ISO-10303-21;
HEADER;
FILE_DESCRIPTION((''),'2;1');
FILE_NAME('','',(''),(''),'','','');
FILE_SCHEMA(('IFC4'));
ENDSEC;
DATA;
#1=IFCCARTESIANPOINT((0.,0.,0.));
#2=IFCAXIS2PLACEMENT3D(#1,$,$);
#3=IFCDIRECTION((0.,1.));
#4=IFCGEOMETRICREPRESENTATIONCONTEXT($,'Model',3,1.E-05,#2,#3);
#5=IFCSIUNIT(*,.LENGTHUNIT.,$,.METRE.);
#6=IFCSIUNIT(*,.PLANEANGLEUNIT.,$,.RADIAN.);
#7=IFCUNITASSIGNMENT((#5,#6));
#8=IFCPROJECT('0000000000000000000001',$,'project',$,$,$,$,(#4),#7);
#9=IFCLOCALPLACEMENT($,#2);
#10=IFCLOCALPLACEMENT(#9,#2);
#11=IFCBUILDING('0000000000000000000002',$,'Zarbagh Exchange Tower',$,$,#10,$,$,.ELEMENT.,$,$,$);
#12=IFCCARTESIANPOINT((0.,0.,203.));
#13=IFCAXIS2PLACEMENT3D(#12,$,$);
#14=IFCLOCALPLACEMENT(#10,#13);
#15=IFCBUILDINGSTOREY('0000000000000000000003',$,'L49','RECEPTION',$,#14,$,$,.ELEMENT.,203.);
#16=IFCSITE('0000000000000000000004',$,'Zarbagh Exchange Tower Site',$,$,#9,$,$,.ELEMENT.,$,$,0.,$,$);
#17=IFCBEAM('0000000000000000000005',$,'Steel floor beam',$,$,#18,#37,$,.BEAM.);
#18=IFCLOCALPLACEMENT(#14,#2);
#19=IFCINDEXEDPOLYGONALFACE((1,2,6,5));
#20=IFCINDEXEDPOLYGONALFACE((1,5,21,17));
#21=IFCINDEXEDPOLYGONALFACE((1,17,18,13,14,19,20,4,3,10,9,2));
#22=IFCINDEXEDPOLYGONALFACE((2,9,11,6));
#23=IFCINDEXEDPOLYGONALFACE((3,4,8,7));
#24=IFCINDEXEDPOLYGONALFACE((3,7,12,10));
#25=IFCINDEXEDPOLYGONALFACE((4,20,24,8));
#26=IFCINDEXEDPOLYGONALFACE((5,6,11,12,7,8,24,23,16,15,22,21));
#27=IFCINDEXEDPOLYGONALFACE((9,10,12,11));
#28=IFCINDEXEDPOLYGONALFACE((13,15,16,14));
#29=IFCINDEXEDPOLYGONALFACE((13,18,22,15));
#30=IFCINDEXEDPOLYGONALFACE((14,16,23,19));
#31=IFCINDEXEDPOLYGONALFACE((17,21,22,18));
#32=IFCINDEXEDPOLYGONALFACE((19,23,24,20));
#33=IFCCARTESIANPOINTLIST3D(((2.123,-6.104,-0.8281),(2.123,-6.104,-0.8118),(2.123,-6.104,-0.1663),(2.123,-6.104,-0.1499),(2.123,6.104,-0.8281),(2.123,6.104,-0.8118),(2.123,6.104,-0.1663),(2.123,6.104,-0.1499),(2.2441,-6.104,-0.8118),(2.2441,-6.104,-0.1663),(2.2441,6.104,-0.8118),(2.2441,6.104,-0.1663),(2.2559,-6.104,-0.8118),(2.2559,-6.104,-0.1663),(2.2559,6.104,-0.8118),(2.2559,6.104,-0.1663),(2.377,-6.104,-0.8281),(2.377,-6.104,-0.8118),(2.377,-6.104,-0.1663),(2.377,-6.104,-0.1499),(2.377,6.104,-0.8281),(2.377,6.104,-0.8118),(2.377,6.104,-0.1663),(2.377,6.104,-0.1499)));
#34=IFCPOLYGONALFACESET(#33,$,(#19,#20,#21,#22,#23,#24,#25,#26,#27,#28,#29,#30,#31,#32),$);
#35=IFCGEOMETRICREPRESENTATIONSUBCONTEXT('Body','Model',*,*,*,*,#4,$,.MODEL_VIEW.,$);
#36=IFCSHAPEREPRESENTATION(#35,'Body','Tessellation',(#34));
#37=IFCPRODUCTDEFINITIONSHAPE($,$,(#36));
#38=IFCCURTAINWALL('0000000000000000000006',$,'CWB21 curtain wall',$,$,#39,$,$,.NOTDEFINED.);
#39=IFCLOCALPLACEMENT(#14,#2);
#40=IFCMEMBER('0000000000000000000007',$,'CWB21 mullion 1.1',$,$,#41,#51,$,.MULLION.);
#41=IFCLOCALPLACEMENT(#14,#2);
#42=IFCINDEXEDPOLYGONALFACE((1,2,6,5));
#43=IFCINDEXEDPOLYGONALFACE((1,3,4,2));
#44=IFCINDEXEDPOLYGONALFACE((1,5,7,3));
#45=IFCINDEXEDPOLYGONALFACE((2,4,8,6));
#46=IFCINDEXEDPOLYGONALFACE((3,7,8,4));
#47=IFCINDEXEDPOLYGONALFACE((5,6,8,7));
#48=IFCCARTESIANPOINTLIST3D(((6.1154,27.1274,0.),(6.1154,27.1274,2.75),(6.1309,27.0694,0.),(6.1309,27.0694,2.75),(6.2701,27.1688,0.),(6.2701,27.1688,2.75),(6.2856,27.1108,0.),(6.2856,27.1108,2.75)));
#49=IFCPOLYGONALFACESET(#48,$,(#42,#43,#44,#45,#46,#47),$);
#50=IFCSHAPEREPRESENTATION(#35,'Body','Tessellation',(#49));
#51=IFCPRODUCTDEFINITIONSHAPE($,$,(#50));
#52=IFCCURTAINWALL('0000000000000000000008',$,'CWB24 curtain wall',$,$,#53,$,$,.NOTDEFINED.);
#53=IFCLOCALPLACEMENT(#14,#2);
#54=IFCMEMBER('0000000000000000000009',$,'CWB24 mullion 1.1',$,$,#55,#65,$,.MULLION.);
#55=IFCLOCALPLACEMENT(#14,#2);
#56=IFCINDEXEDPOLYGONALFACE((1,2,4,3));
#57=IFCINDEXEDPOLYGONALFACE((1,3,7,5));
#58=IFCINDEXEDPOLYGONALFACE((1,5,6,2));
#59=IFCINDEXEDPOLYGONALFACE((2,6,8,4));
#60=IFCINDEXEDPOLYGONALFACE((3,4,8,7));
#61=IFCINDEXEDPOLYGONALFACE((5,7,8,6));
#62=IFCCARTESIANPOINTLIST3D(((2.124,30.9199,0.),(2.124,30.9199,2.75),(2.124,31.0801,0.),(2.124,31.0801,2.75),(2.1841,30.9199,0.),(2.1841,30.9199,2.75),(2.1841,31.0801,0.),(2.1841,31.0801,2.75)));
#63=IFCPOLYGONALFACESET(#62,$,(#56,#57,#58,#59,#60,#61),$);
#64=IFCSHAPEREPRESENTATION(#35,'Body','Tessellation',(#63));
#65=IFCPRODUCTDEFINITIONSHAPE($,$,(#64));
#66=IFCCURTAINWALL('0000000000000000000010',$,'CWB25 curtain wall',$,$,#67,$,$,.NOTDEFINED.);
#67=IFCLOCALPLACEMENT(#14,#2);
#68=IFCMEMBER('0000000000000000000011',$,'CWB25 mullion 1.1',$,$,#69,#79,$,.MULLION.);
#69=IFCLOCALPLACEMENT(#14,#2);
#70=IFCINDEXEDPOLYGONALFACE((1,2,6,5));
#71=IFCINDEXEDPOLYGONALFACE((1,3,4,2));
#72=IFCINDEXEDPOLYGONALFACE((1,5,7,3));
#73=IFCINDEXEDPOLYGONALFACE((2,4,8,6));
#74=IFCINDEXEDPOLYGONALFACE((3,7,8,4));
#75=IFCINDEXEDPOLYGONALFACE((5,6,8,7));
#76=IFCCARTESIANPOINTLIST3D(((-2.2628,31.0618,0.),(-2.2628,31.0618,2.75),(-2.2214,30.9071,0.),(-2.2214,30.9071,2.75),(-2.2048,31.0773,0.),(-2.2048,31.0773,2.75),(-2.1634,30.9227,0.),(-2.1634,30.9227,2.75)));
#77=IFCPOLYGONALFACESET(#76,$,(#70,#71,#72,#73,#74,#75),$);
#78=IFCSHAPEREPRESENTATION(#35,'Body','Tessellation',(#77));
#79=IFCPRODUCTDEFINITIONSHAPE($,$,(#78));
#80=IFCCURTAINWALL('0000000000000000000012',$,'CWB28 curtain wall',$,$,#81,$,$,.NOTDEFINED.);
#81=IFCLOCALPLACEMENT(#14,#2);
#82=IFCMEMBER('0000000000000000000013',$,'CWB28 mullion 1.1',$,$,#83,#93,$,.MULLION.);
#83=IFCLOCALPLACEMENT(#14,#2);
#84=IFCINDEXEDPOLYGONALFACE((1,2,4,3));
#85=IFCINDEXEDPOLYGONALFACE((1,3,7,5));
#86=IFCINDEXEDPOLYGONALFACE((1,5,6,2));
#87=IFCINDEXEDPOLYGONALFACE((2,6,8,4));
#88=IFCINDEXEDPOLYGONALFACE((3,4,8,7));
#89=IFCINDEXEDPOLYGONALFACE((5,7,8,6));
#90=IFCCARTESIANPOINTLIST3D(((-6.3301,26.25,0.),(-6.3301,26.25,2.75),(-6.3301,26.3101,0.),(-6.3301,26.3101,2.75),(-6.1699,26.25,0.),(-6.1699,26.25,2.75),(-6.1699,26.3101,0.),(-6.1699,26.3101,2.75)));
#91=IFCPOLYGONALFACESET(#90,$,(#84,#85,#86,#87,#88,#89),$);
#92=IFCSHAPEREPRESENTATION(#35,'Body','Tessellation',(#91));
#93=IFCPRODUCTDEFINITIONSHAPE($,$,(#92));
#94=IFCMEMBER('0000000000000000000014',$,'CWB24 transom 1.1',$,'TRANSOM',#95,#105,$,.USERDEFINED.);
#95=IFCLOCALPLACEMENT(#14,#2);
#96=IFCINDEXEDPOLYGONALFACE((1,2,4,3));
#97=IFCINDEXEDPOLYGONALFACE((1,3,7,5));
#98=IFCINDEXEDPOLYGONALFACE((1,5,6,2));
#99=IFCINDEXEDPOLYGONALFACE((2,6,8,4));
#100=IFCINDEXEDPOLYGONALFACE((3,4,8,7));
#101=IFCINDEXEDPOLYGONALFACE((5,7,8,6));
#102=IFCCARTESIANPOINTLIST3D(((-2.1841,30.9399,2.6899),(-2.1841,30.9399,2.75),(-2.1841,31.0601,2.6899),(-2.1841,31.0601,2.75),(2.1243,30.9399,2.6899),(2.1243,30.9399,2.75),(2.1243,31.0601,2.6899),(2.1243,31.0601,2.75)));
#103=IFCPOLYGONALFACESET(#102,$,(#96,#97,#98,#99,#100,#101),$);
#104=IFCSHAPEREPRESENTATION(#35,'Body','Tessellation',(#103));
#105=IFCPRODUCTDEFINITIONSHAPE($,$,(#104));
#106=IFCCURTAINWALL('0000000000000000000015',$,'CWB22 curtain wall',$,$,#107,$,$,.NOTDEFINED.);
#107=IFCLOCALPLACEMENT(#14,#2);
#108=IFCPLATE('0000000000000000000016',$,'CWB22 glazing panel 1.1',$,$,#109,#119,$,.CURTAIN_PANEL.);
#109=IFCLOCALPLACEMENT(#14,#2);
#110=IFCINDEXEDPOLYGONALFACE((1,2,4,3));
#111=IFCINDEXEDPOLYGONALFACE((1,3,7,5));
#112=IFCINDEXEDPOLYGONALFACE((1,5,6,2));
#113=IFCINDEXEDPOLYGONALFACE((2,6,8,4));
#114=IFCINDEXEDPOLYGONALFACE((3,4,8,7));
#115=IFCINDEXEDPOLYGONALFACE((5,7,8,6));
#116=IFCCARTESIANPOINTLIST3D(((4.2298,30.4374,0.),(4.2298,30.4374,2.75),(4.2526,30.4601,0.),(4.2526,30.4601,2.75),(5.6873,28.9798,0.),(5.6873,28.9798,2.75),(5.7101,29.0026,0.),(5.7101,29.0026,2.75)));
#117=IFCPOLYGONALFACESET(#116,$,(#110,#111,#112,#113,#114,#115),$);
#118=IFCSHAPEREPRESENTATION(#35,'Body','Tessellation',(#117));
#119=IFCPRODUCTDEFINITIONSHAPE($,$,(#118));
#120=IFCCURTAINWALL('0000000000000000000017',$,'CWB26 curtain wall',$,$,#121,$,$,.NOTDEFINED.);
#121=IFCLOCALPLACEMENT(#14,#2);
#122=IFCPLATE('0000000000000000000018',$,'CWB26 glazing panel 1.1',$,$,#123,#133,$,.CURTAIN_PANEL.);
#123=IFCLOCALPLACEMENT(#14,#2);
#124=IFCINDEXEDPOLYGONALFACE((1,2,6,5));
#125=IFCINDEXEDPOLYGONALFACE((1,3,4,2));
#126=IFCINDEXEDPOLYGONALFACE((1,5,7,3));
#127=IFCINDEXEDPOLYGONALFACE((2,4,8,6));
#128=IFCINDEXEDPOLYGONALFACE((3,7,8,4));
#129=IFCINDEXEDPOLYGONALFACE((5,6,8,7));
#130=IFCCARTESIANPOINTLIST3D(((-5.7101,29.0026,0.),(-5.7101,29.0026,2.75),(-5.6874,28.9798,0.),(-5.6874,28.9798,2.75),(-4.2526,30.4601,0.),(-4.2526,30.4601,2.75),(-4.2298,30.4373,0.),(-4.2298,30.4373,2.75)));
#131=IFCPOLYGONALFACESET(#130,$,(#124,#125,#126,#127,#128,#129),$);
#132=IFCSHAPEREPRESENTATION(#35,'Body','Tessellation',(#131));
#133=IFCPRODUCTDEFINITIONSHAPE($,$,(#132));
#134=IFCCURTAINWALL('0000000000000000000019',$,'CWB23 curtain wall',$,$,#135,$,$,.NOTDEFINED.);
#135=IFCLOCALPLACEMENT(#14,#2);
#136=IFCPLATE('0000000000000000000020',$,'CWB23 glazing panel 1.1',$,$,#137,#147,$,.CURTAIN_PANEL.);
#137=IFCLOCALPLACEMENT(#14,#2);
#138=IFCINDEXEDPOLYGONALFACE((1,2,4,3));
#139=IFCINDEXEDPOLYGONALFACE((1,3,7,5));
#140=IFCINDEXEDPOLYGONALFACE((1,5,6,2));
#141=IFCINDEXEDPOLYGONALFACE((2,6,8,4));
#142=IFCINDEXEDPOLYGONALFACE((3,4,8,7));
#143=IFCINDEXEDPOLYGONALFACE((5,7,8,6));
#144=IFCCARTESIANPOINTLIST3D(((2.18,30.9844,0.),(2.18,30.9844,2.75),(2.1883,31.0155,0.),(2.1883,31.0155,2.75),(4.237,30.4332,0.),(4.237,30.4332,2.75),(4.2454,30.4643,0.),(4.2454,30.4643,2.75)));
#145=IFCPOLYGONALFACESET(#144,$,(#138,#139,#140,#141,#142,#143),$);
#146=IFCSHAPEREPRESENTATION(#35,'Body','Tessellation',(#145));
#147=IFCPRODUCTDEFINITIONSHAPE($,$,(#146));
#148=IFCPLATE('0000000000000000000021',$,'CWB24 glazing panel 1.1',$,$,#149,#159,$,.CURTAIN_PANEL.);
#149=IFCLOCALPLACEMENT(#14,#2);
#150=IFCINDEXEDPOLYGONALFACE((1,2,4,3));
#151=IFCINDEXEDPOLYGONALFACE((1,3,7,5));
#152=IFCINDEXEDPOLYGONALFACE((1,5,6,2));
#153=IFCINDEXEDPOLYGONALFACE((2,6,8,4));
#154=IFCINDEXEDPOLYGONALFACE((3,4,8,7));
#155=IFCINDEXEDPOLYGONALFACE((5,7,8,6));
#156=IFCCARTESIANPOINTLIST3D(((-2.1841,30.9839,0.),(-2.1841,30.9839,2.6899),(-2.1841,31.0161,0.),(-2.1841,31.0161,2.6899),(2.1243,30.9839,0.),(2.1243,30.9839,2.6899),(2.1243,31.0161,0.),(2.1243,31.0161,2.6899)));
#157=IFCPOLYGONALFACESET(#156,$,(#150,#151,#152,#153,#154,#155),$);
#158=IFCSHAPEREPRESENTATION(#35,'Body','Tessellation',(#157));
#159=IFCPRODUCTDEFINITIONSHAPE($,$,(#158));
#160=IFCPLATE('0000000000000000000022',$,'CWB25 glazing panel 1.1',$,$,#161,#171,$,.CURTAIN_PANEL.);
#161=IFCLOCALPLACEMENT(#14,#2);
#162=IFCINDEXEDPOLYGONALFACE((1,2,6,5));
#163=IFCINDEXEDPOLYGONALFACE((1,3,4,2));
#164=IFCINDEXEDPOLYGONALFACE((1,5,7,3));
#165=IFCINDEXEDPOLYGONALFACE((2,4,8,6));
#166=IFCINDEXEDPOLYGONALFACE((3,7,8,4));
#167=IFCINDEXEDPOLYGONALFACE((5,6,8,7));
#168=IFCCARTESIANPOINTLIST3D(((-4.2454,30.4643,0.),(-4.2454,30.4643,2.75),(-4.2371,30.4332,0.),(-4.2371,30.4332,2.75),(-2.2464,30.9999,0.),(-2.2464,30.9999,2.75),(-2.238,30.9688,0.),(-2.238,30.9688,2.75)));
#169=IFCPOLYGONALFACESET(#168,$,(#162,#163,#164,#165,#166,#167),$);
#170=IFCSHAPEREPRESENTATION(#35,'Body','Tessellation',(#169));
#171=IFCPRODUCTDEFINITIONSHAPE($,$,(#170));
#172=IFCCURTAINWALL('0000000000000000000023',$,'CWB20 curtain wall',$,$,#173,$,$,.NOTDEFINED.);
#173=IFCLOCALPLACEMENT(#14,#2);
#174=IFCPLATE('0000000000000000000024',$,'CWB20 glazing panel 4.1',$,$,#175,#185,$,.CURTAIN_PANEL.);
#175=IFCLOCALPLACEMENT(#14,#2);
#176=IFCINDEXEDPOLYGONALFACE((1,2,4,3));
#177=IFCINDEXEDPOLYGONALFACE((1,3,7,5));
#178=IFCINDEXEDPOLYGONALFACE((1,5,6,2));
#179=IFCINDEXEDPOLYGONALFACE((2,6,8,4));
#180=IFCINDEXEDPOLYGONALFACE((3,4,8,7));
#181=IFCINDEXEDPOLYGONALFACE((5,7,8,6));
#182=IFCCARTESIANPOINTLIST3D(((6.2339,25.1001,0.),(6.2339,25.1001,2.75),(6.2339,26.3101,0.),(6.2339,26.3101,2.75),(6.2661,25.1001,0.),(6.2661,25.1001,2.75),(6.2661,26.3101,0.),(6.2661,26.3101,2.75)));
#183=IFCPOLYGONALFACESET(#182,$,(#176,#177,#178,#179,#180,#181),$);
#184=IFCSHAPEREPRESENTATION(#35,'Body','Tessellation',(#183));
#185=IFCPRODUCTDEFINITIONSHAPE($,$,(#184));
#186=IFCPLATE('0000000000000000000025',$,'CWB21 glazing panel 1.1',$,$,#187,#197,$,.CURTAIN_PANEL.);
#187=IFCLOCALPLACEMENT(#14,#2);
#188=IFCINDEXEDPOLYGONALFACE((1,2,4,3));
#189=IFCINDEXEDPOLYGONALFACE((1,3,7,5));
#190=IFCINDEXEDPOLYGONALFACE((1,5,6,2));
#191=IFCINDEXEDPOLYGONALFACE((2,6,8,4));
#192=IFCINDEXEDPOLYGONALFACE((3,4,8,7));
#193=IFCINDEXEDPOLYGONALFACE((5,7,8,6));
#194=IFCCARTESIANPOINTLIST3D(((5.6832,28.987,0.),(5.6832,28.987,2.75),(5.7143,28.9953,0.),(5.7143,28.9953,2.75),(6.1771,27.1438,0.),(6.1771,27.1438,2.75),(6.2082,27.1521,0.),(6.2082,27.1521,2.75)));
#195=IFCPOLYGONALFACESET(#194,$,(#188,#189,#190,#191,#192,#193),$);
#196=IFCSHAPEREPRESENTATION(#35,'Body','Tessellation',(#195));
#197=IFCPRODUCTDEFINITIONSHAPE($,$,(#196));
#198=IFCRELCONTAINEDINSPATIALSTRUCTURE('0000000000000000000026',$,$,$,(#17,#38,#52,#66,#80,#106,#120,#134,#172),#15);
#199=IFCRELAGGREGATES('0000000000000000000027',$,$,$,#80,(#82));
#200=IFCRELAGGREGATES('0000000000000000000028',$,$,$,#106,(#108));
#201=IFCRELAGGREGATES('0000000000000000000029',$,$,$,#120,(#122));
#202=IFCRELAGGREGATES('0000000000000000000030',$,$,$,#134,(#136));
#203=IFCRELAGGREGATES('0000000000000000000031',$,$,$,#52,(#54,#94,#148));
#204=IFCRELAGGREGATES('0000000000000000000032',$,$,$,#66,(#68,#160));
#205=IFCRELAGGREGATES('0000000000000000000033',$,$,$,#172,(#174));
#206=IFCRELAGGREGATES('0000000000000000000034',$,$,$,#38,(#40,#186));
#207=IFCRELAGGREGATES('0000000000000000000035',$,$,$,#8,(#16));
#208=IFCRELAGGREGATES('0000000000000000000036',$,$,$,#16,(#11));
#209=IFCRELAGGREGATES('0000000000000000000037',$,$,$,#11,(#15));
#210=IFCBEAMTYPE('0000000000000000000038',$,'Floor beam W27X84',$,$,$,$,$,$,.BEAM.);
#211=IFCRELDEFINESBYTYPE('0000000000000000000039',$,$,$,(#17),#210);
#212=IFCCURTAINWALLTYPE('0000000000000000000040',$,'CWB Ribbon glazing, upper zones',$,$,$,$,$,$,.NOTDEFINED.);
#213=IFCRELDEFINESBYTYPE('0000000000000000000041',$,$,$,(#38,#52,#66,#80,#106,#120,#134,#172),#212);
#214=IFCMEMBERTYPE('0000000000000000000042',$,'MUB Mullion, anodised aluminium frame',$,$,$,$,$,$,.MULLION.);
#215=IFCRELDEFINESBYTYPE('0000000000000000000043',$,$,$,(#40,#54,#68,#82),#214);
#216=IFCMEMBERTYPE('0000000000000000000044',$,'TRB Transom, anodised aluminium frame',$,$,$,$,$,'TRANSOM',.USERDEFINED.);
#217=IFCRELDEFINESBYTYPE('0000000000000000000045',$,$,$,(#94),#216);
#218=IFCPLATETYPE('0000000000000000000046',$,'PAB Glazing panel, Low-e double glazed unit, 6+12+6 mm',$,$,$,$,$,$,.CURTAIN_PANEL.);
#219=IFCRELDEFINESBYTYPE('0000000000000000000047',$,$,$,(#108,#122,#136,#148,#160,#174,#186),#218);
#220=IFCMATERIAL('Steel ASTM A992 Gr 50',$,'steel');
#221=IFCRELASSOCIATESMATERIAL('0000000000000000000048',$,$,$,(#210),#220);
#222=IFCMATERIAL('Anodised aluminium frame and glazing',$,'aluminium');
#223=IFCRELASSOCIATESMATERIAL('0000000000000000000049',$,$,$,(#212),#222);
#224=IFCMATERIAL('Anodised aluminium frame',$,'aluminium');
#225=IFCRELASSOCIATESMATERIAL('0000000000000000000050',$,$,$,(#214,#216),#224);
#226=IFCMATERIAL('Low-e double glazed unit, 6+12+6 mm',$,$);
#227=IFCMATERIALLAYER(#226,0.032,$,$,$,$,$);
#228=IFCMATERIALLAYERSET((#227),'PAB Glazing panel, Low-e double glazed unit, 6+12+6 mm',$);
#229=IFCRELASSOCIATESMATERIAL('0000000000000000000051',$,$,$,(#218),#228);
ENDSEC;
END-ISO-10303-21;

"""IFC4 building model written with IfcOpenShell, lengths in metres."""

from ifc_helpers import new_model, si_unit, direction, frame, origin, origin_2d, place, context, subcontext, project, spatial, polyline, i_section, outline, extrude, source, transform, mapped, material, layer, layer_set, material_profile, profile_set, type_object, element, aggregate, save


model = new_model("IFC4")

# Units and contexts
model_context = context("Model", 3, precision=1e-05, world=origin(), true_north=direction((0.0, 1.0)))
body_context = subcontext(model_context, "Body", "Model", "MODEL_VIEW")
ifc_project = project(units=[si_unit("LENGTHUNIT", "METRE"), si_unit("PLANEANGLEUNIT", "RADIAN")], contexts=[model_context])

# Site, building, storey
site_placement = place(None, origin())
site = spatial("IfcSite", under=ifc_project, at=site_placement, Name="Zarbagh Exchange Tower Site", CompositionType="ELEMENT", RefElevation=0.0)
building_placement = place(site_placement, origin())
building = spatial("IfcBuilding", under=site, at=building_placement, Name="Zarbagh Exchange Tower", CompositionType="ELEMENT")
storey_placement = place(building_placement, frame((0.0, 0.0, 203.0)))
storey = spatial("IfcBuildingStorey", under=building, at=storey_placement, Name="L49", Description="RECEPTION", CompositionType="ELEMENT", Elevation=203.0)

# Beam
ifc_material_1 = material(Name="Steel ASTM A992 Gr 50", Category="steel")
ifc_material_profile = material_profile(ifc_material_1, i_section(OverallWidth=0.2539, OverallDepth=0.6782, WebThickness=0.0117, FlangeThickness=0.0164, at=origin_2d()), Name="W27X84")
ifc_profile_set = profile_set([ifc_material_profile], Name="Steel ASTM A992 Gr 50")
beam_type = type_object("IfcBeamType", Name="Floor beam W27X84", PredefinedType="BEAM", material=ifc_profile_set)
beam_placement = place(storey_placement, frame((2.25, -6.104, -0.489), z_axis=(0.0, 1.0, 0.0), x_axis=(-1.0, 0.0, 0.0)))
element("IfcBeam", 1, at=beam_placement, inside=storey, type_object=beam_type, Name="Steel floor beam", PredefinedType="BEAM", context=body_context, shape_type="SweptSolid", body=[
    extrude(i_section(OverallWidth=0.2539, OverallDepth=0.6782, WebThickness=0.0117, FlangeThickness=0.0164, at=origin_2d()), origin(), (0.0, 0.0, 1.0), 12.208),
])

# Curtain walls, members
ifc_material_2 = material(Name="Anodised aluminium frame and glazing", Category="aluminium")
curtain_wall_type = type_object("IfcCurtainWallType", Name="CWB Ribbon glazing, upper zones", PredefinedType="NOTDEFINED", material=ifc_material_2)
curtain_wall_1_placement = place(storey_placement, origin())
curtain_wall_1 = element("IfcCurtainWall", 2, at=curtain_wall_1_placement, inside=storey, type_object=curtain_wall_type, Name="CWB21 curtain wall", PredefinedType="NOTDEFINED")
ifc_material_3 = material(Name="Anodised aluminium frame", Category="aluminium")
member_type_1 = type_object("IfcMemberType", Name="MUB Mullion, anodised aluminium frame", PredefinedType="MULLION", material=ifc_material_3)
shared_shape_1 = source(origin(), body_context, "Body", "SweptSolid", [
    extrude(outline(polyline([(0.0, -0.0801), (0.0601, -0.0801), (0.0601, 0.0801), (0.0, 0.0801), (0.0, -0.0801)])), origin(), (0.0, 0.0, 1.0), 2.75),
])
placement = place(storey_placement, origin())
member_1 = element("IfcMember", 3, at=placement, type_object=member_type_1, Name="CWB21 mullion 1.1", PredefinedType="MULLION", context=body_context, shape_type="MappedRepresentation", body=[
    mapped(shared_shape_1, transform((6.2083, 27.0901, 0.0), x_axis=(-0.258825, 0.965924, 0.0), y_axis=(-0.965924, -0.258825, 0.0), z_axis=(0.0, 0.0, 1.0))),
])
curtain_wall_2_placement = place(storey_placement, origin())
curtain_wall_2 = element("IfcCurtainWall", 4, at=curtain_wall_2_placement, inside=storey, type_object=curtain_wall_type, Name="CWB24 curtain wall", PredefinedType="NOTDEFINED")
member_2 = element("IfcMember", 5, at=placement, type_object=member_type_1, Name="CWB24 mullion 1.1", PredefinedType="MULLION", context=body_context, shape_type="MappedRepresentation", body=[
    mapped(shared_shape_1, transform((2.1841, 31.0, 0.0), x_axis=(-1.0, 0.0, 0.0), y_axis=(0.0, -1.0, 0.0), z_axis=(0.0, 0.0, 1.0))),
])
curtain_wall_3_placement = place(storey_placement, origin())
curtain_wall_3 = element("IfcCurtainWall", 6, at=curtain_wall_3_placement, inside=storey, type_object=curtain_wall_type, Name="CWB25 curtain wall", PredefinedType="NOTDEFINED")
member_3 = element("IfcMember", 7, at=placement, type_object=member_type_1, Name="CWB25 mullion 1.1", PredefinedType="MULLION", context=body_context, shape_type="MappedRepresentation", body=[
    mapped(shared_shape_1, transform((-2.1841, 31.0, 0.0), x_axis=(-0.965924, -0.258825, 0.0), y_axis=(0.258825, -0.965924, 0.0), z_axis=(0.0, 0.0, 1.0))),
])
curtain_wall_4_placement = place(storey_placement, origin())
curtain_wall_4 = element("IfcCurtainWall", 8, at=curtain_wall_4_placement, inside=storey, type_object=curtain_wall_type, Name="CWB28 curtain wall", PredefinedType="NOTDEFINED")
member_4 = element("IfcMember", 9, at=placement, type_object=member_type_1, Name="CWB28 mullion 1.1", PredefinedType="MULLION", context=body_context, shape_type="MappedRepresentation", body=[
    mapped(shared_shape_1, transform((-6.25, 26.3101, 0.0), x_axis=(0.0, -1.0, 0.0), y_axis=(1.0, 0.0, 0.0), z_axis=(0.0, 0.0, 1.0))),
])
aggregate(curtain_wall_4, [member_4])

# Member
member_type_2 = type_object("IfcMemberType", Name="TRB Transom, anodised aluminium frame", ElementType="TRANSOM", PredefinedType="USERDEFINED", material=ifc_material_3)
shared_shape_2 = source(origin(), body_context, "Body", "SweptSolid", [
    extrude(outline(polyline([(-0.0601, -0.0601), (0.0, -0.0601), (0.0, 0.0601), (-0.0601, 0.0601), (-0.0601, -0.0601)])), origin(), (0.0, 0.0, 1.0), 4.3083),
])
member_5 = element("IfcMember", 10, at=placement, type_object=member_type_2, Name="CWB24 transom 1.1", ObjectType="TRANSOM", PredefinedType="USERDEFINED", context=body_context, shape_type="MappedRepresentation", body=[
    mapped(shared_shape_2, transform((2.1243, 31.0, 2.75), x_axis=(0.0, 0.0, 1.0), y_axis=(0.0, 1.0, 0.0), z_axis=(-1.0, 0.0, 0.0))),
])

# Curtain walls, plates
curtain_wall_5_placement = place(storey_placement, origin())
curtain_wall_5 = element("IfcCurtainWall", 11, at=curtain_wall_5_placement, inside=storey, type_object=curtain_wall_type, Name="CWB22 curtain wall", PredefinedType="NOTDEFINED")
ifc_material_4 = material(Name="Low-e double glazed unit, 6+12+6 mm")
ifc_layer_1 = layer(ifc_material_4, 0.032)
ifc_layer_set_1 = layer_set([ifc_layer_1], Name="PAB Glazing panel, Low-e double glazed unit, 6+12+6 mm")
plate_type = type_object("IfcPlateType", Name="PAB Glazing panel, Low-e double glazed unit, 6+12+6 mm", PredefinedType="CURTAIN_PANEL", material=ifc_layer_set_1)
shared_shape_3 = source(origin(), body_context, "Body", "SweptSolid", [
    extrude(outline(polyline([(0.0, -0.0161), (2.0613, -0.0161), (2.0613, 0.0161), (0.0, 0.0161), (0.0, -0.0161)])), origin(), (0.0, 0.0, 1.0), 2.75),
])
plate_1 = element("IfcPlate", 12, at=placement, type_object=plate_type, Name="CWB22 glazing panel 1.1", PredefinedType="CURTAIN_PANEL", context=body_context, shape_type="MappedRepresentation", body=[
    mapped(shared_shape_3, transform((5.6987, 28.9912, 0.0), x_axis=(-0.707107, 0.707107, 0.0), y_axis=(-0.707107, -0.707107, 0.0), z_axis=(0.0, 0.0, 1.0))),
])
aggregate(curtain_wall_5, [plate_1])
curtain_wall_6_placement = place(storey_placement, origin())
curtain_wall_6 = element("IfcCurtainWall", 13, at=curtain_wall_6_placement, inside=storey, type_object=curtain_wall_type, Name="CWB26 curtain wall", PredefinedType="NOTDEFINED")
plate_2 = element("IfcPlate", 14, at=placement, type_object=plate_type, Name="CWB26 glazing panel 1.1", PredefinedType="CURTAIN_PANEL", context=body_context, shape_type="MappedRepresentation", body=[
    mapped(shared_shape_3, transform((-4.2412, 30.4487, 0.0), x_axis=(-0.707107, -0.707107, 0.0), y_axis=(0.707107, -0.707107, 0.0), z_axis=(0.0, 0.0, 1.0))),
])
aggregate(curtain_wall_6, [plate_2])
curtain_wall_7_placement = place(storey_placement, origin())
curtain_wall_7 = element("IfcCurtainWall", 15, at=curtain_wall_7_placement, inside=storey, type_object=curtain_wall_type, Name="CWB23 curtain wall", PredefinedType="NOTDEFINED")
shared_shape_4 = source(origin(), body_context, "Body", "SweptSolid", [
    extrude(outline(polyline([(0.0, -0.0161), (2.1296, -0.0161), (2.1296, 0.0161), (0.0, 0.0161), (0.0, -0.0161)])), origin(), (0.0, 0.0, 1.0), 2.75),
])
plate_3 = element("IfcPlate", 16, at=placement, type_object=plate_type, Name="CWB23 glazing panel 1.1", PredefinedType="CURTAIN_PANEL", context=body_context, shape_type="MappedRepresentation", body=[
    mapped(shared_shape_4, transform((4.2412, 30.4487, 0.0), x_axis=(-0.965924, 0.258825, 0.0), y_axis=(-0.258825, -0.965924, 0.0), z_axis=(0.0, 0.0, 1.0))),
])
aggregate(curtain_wall_7, [plate_3])

# Plates
shared_shape_5 = source(origin(), body_context, "Body", "SweptSolid", [
    extrude(outline(polyline([(0.0, -0.0161), (4.3083, -0.0161), (4.3083, 0.0161), (0.0, 0.0161), (0.0, -0.0161)])), origin(), (0.0, 0.0, 1.0), 2.6899),
])
plate_4 = element("IfcPlate", 17, at=placement, type_object=plate_type, Name="CWB24 glazing panel 1.1", PredefinedType="CURTAIN_PANEL", context=body_context, shape_type="MappedRepresentation", body=[
    mapped(shared_shape_5, transform((2.1243, 31.0, 0.0), x_axis=(-1.0, 0.0, 0.0), y_axis=(0.0, -1.0, 0.0), z_axis=(0.0, 0.0, 1.0))),
])
aggregate(curtain_wall_2, [member_2, member_5, plate_4])
shared_shape_6 = source(origin(), body_context, "Body", "SweptSolid", [
    extrude(outline(polyline([(0.0, -0.0161), (2.0696, -0.0161), (2.0696, 0.0161), (0.0, 0.0161), (0.0, -0.0161)])), origin(), (0.0, 0.0, 1.0), 2.75),
])
plate_5 = element("IfcPlate", 18, at=placement, type_object=plate_type, Name="CWB25 glazing panel 1.1", PredefinedType="CURTAIN_PANEL", context=body_context, shape_type="MappedRepresentation", body=[
    mapped(shared_shape_6, transform((-2.2422, 30.9844, 0.0), x_axis=(-0.965924, -0.258825, 0.0), y_axis=(0.258825, -0.965924, 0.0), z_axis=(0.0, 0.0, 1.0))),
])
aggregate(curtain_wall_3, [member_3, plate_5])

# Curtain wall, plate
curtain_wall_8_placement = place(storey_placement, origin())
curtain_wall_8 = element("IfcCurtainWall", 19, at=curtain_wall_8_placement, inside=storey, type_object=curtain_wall_type, Name="CWB20 curtain wall", PredefinedType="NOTDEFINED")
shared_shape_7 = source(origin(), body_context, "Body", "SweptSolid", [
    extrude(outline(polyline([(0.0, -0.0161), (1.21, -0.0161), (1.21, 0.0161), (0.0, 0.0161), (0.0, -0.0161)])), origin(), (0.0, 0.0, 1.0), 2.75),
])
plate_6 = element("IfcPlate", 20, at=placement, type_object=plate_type, Name="CWB20 glazing panel 4.1", PredefinedType="CURTAIN_PANEL", context=body_context, shape_type="MappedRepresentation", body=[
    mapped(shared_shape_7, transform((6.25, 25.1001, 0.0), x_axis=(0.0, 1.0, 0.0), y_axis=(-1.0, 0.0, 0.0), z_axis=(0.0, 0.0, 1.0))),
])
aggregate(curtain_wall_8, [plate_6])

# Plate
shared_shape_8 = source(origin(), body_context, "Body", "SweptSolid", [
    extrude(outline(polyline([(0.0, -0.0161), (1.9082, -0.0161), (1.9082, 0.0161), (0.0, 0.0161), (0.0, -0.0161)])), origin(), (0.0, 0.0, 1.0), 2.75),
])
plate_7 = element("IfcPlate", 21, at=placement, type_object=plate_type, Name="CWB21 glazing panel 1.1", PredefinedType="CURTAIN_PANEL", context=body_context, shape_type="MappedRepresentation", body=[
    mapped(shared_shape_8, transform((6.1926, 27.1479, 0.0), x_axis=(-0.258825, 0.965924, 0.0), y_axis=(-0.965924, -0.258825, 0.0), z_axis=(0.0, 0.0, 1.0))),
])
aggregate(curtain_wall_1, [member_1, plate_7])

save(model, "model.ifc")
